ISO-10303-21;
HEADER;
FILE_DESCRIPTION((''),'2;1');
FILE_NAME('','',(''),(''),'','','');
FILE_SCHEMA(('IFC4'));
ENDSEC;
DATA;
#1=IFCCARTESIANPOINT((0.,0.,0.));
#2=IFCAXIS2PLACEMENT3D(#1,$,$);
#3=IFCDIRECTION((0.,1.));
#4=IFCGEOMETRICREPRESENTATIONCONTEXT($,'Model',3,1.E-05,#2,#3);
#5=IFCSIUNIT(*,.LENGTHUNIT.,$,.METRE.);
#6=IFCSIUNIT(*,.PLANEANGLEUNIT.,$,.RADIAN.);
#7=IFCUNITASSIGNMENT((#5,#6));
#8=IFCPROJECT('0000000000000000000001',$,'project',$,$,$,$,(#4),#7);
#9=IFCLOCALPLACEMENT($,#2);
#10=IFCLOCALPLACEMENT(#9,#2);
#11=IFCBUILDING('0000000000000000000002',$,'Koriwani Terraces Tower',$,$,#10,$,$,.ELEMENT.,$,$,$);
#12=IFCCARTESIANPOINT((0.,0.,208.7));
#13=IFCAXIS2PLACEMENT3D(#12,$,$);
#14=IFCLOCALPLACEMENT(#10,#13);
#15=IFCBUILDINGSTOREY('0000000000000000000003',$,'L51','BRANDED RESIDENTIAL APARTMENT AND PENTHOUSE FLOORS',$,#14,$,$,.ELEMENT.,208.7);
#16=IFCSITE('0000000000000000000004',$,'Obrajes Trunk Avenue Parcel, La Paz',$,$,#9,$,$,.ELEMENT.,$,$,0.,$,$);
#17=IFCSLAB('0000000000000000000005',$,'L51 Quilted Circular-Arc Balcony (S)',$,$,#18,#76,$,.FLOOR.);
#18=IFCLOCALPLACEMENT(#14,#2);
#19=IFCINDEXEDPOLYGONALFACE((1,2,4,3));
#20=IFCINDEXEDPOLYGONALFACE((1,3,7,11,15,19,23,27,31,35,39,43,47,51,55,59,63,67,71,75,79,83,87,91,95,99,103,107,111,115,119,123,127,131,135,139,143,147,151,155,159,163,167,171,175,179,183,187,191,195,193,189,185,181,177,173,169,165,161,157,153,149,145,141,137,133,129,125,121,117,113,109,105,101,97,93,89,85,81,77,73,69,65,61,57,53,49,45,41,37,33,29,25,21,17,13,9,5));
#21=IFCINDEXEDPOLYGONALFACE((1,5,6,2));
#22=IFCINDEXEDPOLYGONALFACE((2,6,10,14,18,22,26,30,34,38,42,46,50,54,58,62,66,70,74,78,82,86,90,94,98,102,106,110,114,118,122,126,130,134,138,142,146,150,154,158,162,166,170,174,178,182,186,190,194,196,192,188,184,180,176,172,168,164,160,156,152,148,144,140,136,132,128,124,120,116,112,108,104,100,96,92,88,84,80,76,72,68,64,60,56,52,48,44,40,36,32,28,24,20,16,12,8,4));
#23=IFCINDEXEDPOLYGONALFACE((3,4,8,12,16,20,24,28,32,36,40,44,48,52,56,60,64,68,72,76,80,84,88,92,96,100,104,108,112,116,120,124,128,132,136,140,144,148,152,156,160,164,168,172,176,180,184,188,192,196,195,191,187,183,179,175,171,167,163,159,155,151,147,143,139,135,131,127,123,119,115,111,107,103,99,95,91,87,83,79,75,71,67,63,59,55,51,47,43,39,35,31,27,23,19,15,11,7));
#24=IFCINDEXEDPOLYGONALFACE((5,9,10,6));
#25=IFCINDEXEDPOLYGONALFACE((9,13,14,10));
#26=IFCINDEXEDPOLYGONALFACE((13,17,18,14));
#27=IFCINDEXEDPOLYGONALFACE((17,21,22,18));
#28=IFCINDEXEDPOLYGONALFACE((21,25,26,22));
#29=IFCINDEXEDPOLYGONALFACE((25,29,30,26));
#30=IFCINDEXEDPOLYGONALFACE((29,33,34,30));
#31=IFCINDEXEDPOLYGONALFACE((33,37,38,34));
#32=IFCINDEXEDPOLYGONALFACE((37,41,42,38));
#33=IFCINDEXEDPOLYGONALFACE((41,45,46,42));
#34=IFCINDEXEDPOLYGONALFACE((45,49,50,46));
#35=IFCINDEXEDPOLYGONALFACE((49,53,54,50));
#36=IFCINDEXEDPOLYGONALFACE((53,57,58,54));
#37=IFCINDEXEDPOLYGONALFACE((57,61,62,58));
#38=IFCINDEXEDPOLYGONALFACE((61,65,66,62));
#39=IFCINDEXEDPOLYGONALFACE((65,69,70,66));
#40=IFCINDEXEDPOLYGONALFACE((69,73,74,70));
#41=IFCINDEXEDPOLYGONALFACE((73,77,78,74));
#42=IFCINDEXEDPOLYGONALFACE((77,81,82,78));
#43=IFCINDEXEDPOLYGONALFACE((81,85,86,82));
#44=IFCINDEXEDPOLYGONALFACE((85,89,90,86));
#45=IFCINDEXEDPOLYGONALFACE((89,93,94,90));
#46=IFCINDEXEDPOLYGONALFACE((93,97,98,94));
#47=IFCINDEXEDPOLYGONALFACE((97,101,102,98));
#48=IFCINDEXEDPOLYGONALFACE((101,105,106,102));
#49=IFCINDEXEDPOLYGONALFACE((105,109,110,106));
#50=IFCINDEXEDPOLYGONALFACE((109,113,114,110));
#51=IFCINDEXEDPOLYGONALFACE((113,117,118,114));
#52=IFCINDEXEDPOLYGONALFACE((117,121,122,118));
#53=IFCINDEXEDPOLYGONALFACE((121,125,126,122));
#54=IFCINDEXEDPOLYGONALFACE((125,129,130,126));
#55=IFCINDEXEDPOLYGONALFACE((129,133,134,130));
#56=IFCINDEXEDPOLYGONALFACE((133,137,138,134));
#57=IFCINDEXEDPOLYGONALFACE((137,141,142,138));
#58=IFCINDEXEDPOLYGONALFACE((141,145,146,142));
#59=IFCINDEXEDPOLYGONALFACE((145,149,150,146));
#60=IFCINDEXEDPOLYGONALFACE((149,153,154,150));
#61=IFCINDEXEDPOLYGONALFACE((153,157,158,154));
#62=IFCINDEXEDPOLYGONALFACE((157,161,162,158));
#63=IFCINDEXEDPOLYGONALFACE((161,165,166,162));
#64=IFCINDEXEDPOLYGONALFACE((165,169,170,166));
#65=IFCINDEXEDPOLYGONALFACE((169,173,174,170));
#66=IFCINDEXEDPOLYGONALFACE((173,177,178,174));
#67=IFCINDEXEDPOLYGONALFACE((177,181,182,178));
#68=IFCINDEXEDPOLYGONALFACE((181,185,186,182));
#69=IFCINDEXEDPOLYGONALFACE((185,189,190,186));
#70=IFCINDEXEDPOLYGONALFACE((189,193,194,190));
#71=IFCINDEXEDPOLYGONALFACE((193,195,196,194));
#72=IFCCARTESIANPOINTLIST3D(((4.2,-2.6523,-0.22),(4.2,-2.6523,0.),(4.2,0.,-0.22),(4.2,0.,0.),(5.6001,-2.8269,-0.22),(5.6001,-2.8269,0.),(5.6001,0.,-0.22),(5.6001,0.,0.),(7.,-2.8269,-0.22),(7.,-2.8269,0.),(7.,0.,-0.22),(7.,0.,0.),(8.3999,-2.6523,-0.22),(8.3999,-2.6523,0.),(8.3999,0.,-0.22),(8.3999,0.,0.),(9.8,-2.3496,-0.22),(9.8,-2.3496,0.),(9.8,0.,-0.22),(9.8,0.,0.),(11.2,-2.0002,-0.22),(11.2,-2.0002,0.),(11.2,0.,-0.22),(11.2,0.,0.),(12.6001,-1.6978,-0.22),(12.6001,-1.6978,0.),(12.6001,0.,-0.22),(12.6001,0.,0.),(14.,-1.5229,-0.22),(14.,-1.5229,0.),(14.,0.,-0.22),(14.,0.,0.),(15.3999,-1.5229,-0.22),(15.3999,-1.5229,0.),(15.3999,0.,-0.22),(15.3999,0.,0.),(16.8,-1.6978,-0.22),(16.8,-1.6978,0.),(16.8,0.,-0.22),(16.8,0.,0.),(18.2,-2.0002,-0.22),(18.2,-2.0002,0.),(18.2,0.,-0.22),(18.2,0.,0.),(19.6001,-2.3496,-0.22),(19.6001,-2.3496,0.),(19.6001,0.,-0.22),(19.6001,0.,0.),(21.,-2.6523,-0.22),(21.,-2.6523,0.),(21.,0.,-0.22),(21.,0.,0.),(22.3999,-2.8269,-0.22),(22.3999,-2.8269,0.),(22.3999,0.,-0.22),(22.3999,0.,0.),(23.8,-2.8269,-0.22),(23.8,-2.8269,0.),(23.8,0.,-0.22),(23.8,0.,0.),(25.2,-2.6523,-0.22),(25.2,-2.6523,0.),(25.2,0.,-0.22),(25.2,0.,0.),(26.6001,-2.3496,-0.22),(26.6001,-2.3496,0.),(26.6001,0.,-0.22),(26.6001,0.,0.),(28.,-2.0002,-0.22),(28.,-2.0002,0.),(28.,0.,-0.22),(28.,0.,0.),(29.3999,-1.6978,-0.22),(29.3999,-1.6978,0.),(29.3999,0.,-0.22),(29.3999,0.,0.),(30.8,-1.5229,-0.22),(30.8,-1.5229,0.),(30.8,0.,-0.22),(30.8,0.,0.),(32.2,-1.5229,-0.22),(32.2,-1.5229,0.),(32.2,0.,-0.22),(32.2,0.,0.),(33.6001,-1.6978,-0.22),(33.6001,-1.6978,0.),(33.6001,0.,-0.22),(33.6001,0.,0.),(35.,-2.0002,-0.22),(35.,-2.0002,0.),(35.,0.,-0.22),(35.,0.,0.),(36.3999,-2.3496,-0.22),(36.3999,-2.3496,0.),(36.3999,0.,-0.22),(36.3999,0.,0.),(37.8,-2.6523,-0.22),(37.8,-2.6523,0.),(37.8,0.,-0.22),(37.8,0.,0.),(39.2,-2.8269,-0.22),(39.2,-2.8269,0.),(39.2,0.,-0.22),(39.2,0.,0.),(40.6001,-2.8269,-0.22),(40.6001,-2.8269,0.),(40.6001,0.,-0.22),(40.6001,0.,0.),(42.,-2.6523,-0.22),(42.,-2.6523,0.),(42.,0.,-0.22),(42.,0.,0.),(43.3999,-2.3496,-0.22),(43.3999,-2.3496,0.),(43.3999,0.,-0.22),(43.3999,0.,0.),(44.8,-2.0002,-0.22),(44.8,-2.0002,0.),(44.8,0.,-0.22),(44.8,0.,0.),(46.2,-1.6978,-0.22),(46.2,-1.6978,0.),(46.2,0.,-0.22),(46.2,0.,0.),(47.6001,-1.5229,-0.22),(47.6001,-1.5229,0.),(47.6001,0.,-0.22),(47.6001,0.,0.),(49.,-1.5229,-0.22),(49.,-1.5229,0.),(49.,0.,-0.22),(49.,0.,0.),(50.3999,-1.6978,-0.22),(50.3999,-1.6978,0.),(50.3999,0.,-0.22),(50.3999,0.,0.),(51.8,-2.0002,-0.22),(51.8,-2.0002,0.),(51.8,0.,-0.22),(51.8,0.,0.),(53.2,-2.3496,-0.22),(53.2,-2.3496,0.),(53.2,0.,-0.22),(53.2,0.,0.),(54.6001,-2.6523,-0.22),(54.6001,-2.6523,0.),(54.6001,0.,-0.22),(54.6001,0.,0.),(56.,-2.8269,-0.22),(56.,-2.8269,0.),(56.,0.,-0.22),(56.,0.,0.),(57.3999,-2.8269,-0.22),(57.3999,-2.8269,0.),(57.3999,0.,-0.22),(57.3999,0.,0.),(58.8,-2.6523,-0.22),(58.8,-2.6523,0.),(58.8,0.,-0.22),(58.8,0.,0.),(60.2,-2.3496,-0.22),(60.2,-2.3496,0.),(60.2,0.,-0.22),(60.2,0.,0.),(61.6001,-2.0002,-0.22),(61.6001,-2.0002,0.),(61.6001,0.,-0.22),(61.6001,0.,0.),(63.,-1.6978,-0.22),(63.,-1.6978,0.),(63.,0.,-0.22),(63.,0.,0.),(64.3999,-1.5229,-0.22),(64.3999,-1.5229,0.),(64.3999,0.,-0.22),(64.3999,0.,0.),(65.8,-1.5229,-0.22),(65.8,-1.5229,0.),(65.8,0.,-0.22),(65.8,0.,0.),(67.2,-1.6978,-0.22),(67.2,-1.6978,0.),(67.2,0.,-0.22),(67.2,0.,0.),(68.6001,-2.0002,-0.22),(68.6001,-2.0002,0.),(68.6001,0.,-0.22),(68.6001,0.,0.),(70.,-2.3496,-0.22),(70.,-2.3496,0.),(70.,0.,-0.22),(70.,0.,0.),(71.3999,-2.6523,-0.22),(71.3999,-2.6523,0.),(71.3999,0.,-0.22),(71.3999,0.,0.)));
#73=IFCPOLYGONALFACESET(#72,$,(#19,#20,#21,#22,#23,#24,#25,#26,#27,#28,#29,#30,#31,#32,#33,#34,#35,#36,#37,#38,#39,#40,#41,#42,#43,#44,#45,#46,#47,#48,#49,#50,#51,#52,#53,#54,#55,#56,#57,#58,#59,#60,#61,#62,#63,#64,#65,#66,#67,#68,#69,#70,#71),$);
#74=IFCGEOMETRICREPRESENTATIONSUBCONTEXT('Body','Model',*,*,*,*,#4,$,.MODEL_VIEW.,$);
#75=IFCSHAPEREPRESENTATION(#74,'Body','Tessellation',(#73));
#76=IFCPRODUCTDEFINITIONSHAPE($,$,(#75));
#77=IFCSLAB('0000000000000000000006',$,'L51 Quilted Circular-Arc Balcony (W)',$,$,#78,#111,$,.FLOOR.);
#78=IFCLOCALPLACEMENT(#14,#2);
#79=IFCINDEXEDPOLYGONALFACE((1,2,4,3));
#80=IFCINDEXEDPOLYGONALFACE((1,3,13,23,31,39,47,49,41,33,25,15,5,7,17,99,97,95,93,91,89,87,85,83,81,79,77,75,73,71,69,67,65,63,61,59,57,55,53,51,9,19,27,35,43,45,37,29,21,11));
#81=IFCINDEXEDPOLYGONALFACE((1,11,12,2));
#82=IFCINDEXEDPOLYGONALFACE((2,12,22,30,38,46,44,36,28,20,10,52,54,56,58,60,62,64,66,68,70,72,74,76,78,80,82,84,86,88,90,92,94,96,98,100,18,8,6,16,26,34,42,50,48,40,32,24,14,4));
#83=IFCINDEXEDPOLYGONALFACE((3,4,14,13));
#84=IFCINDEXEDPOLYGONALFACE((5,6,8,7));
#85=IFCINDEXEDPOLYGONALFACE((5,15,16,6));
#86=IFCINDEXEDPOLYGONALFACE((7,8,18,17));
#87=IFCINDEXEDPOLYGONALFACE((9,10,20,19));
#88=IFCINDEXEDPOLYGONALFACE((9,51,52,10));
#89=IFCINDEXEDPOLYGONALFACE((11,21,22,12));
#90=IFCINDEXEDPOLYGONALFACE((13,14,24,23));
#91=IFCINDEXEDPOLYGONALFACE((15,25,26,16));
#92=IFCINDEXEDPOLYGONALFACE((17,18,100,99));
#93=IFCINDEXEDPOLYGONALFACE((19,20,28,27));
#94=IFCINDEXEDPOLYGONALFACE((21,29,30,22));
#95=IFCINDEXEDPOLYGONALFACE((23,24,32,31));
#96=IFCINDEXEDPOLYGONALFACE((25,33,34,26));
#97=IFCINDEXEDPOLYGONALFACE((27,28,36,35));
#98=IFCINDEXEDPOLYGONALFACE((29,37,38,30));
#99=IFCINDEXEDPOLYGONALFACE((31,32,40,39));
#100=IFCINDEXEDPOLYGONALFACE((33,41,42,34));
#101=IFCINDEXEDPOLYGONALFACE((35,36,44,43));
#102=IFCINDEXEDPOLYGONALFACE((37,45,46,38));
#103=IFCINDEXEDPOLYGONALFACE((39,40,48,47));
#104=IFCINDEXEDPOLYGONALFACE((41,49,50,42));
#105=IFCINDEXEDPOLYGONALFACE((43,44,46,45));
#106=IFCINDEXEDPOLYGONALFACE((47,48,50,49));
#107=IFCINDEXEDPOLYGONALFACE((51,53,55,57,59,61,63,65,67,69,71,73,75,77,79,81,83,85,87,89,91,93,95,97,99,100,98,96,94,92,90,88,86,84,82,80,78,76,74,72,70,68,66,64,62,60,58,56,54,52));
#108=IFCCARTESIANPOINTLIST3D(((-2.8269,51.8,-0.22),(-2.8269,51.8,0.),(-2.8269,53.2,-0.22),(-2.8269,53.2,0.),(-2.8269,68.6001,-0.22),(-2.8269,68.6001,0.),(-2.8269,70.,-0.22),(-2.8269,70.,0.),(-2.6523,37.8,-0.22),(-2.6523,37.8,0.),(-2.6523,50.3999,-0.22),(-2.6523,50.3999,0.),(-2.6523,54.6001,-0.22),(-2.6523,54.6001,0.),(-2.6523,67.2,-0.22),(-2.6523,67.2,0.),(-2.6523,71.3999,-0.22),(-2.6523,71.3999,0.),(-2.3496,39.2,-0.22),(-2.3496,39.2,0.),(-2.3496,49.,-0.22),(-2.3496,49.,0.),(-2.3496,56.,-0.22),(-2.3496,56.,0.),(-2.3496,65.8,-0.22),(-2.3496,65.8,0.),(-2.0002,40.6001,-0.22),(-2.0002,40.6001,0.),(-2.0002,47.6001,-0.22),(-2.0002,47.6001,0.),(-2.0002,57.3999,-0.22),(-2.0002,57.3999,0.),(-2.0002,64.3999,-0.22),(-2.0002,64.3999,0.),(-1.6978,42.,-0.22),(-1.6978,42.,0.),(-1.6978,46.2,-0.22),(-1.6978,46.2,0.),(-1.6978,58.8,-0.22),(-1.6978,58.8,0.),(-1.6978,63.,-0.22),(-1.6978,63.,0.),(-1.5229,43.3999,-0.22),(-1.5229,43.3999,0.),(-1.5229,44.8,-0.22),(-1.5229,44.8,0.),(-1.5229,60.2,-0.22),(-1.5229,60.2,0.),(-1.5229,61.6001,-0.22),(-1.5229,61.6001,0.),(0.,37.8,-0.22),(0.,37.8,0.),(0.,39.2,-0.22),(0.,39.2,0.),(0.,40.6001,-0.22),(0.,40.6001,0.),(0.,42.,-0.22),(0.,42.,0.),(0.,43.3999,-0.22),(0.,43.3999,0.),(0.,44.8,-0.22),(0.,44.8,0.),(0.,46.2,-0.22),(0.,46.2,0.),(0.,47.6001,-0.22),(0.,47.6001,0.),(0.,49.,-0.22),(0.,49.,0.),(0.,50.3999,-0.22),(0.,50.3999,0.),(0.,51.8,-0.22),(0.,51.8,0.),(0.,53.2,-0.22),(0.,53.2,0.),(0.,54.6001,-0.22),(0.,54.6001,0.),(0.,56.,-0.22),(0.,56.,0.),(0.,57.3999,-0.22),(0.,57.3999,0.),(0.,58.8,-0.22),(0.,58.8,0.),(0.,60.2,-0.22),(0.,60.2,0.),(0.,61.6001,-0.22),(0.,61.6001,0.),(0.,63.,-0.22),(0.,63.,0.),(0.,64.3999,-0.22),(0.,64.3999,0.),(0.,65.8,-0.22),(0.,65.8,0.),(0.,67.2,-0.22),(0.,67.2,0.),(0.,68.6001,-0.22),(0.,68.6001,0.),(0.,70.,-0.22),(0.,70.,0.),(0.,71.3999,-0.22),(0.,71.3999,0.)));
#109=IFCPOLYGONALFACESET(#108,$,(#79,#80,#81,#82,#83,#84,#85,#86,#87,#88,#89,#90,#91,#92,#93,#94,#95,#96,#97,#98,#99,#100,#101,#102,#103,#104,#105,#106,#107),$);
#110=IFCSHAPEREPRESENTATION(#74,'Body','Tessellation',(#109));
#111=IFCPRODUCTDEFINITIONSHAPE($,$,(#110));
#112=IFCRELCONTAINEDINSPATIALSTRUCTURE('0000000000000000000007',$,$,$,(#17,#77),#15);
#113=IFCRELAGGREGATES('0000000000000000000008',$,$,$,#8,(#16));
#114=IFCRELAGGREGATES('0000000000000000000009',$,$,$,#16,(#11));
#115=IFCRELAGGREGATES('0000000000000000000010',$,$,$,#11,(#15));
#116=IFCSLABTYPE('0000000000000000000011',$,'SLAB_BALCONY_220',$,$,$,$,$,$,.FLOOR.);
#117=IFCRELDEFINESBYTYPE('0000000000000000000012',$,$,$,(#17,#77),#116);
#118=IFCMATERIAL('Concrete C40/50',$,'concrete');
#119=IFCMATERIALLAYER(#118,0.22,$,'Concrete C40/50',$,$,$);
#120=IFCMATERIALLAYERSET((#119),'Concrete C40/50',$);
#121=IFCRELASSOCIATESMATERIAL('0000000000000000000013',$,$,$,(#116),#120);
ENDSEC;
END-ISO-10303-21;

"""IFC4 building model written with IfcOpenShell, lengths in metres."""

from ifc_helpers import new_model, si_unit, direction, frame, origin, place, context, subcontext, project, spatial, polyline, outline, extrude, material, layer, layer_set, type_object, element, save


model = new_model("IFC4")

# Units and contexts
model_context = context("Model", 3, precision=1e-05, world=origin(), true_north=direction((0.0, 1.0)))
body_context = subcontext(model_context, "Body", "Model", "MODEL_VIEW")
ifc_project = project(units=[si_unit("LENGTHUNIT", "METRE"), si_unit("PLANEANGLEUNIT", "RADIAN")], contexts=[model_context])

# Site, building, storey
site_placement = place(None, origin())
site = spatial("IfcSite", under=ifc_project, at=site_placement, Name="Obrajes Trunk Avenue Parcel, La Paz", CompositionType="ELEMENT", RefElevation=0.0)
building_placement = place(site_placement, origin())
building = spatial("IfcBuilding", under=site, at=building_placement, Name="Koriwani Terraces Tower", CompositionType="ELEMENT")
storey_placement = place(building_placement, frame((0.0, 0.0, 208.7)))
storey = spatial("IfcBuildingStorey", under=building, at=storey_placement, Name="L51", Description="BRANDED RESIDENTIAL APARTMENT AND PENTHOUSE FLOORS", CompositionType="ELEMENT", Elevation=208.7)

# Shared definitions
ifc_material_1 = material(Name="Concrete C40/50", Category="concrete")

# Slabs
ifc_layer_1 = layer(ifc_material_1, 0.22, Name="Concrete C40/50")
ifc_layer_set_1 = layer_set([ifc_layer_1], Name="Concrete C40/50")
slab_type_1 = type_object("IfcSlabType", Name="SLAB_BALCONY_220", PredefinedType="FLOOR", material=ifc_layer_set_1)
slab_1_placement = place(storey_placement, frame((0.0, 0.0, -0.22)))
element("IfcSlab", 1, at=slab_1_placement, inside=storey, type_object=slab_type_1, Name="L51 Quilted Circular-Arc Balcony (S)", PredefinedType="FLOOR", context=body_context, shape_type="SweptSolid", body=[
    extrude(outline(polyline([(4.2, 0.0), (5.6001, 0.0), (7.0, 0.0), (8.3999, 0.0), (9.8, 0.0), (11.2, 0.0), (12.6001, 0.0), (14.0, 0.0), (15.3999, 0.0), (16.8, 0.0), (18.2, 0.0), (19.6001, 0.0), (21.0, 0.0), (22.3999, 0.0), (23.8, 0.0), (25.2, 0.0), (26.6001, 0.0), (28.0, 0.0), (29.3999, 0.0), (30.8, 0.0), (32.2, 0.0), (33.6001, 0.0), (35.0, 0.0), (36.3999, 0.0), (37.8, 0.0), (39.2, 0.0), (40.6001, 0.0), (42.0, 0.0), (43.3999, 0.0), (44.8, 0.0), (46.2, 0.0), (47.6001, 0.0), (49.0, 0.0), (50.3999, 0.0), (51.8, 0.0), (53.2, 0.0), (54.6001, 0.0), (56.0, 0.0), (57.3999, 0.0), (58.8, 0.0), (60.2, 0.0), (61.6001, 0.0), (63.0, 0.0), (64.3999, 0.0), (65.8, 0.0), (67.2, 0.0), (68.6001, 0.0), (70.0, 0.0), (71.3999, 0.0), (71.3999, -2.6523), (70.0, -2.3496), (68.6001, -2.0002), (67.2, -1.6978), (65.8, -1.5229), (64.3999, -1.5229), (63.0, -1.6978), (61.6001, -2.0002), (60.2, -2.3496), (58.8, -2.6523), (57.3999, -2.8269), (56.0, -2.8269), (54.6001, -2.6523), (53.2, -2.3496), (51.8, -2.0002), (50.3999, -1.6978), (49.0, -1.5229), (47.6001, -1.5229), (46.2, -1.6978), (44.8, -2.0002), (43.3999, -2.3496), (42.0, -2.6523), (40.6001, -2.8269), (39.2, -2.8269), (37.8, -2.6523), (36.3999, -2.3496), (35.0, -2.0002), (33.6001, -1.6978), (32.2, -1.5229), (30.8, -1.5229), (29.3999, -1.6978), (28.0, -2.0002), (26.6001, -2.3496), (25.2, -2.6523), (23.8, -2.8269), (22.3999, -2.8269), (21.0, -2.6523), (19.6001, -2.3496), (18.2, -2.0002), (16.8, -1.6978), (15.3999, -1.5229), (14.0, -1.5229), (12.6001, -1.6978), (11.2, -2.0002), (9.8, -2.3496), (8.3999, -2.6523), (7.0, -2.8269), (5.6001, -2.8269), (4.2, -2.6523), (4.2, 0.0)])), origin(), (0.0, 0.0, 1.0), 0.22),
])
slab_2_placement = place(storey_placement, frame((0.0, 0.0, -0.22)))
element("IfcSlab", 2, at=slab_2_placement, inside=storey, type_object=slab_type_1, Name="L51 Quilted Circular-Arc Balcony (W)", PredefinedType="FLOOR", context=body_context, shape_type="SweptSolid", body=[
    extrude(outline(polyline([(0.0, 37.8), (0.0, 39.2), (0.0, 40.6001), (0.0, 42.0), (0.0, 43.3999), (0.0, 44.8), (0.0, 46.2), (0.0, 47.6001), (0.0, 49.0), (0.0, 50.3999), (0.0, 51.8), (0.0, 53.2), (0.0, 54.6001), (0.0, 56.0), (0.0, 57.3999), (0.0, 58.8), (0.0, 60.2), (0.0, 61.6001), (0.0, 63.0), (0.0, 64.3999), (0.0, 65.8), (0.0, 67.2), (0.0, 68.6001), (0.0, 70.0), (0.0, 71.3999), (-2.6523, 71.3999), (-2.8269, 70.0), (-2.8269, 68.6001), (-2.6523, 67.2), (-2.3496, 65.8), (-2.0002, 64.3999), (-1.6978, 63.0), (-1.5229, 61.6001), (-1.5229, 60.2), (-1.6978, 58.8), (-2.0002, 57.3999), (-2.3496, 56.0), (-2.6523, 54.6001), (-2.8269, 53.2), (-2.8269, 51.8), (-2.6523, 50.3999), (-2.3496, 49.0), (-2.0002, 47.6001), (-1.6978, 46.2), (-1.5229, 44.8), (-1.5229, 43.3999), (-1.6978, 42.0), (-2.0002, 40.6001), (-2.3496, 39.2), (-2.6523, 37.8), (0.0, 37.8)])), origin(), (0.0, 0.0, 1.0), 0.22),
])

save(model, "model.ifc")
